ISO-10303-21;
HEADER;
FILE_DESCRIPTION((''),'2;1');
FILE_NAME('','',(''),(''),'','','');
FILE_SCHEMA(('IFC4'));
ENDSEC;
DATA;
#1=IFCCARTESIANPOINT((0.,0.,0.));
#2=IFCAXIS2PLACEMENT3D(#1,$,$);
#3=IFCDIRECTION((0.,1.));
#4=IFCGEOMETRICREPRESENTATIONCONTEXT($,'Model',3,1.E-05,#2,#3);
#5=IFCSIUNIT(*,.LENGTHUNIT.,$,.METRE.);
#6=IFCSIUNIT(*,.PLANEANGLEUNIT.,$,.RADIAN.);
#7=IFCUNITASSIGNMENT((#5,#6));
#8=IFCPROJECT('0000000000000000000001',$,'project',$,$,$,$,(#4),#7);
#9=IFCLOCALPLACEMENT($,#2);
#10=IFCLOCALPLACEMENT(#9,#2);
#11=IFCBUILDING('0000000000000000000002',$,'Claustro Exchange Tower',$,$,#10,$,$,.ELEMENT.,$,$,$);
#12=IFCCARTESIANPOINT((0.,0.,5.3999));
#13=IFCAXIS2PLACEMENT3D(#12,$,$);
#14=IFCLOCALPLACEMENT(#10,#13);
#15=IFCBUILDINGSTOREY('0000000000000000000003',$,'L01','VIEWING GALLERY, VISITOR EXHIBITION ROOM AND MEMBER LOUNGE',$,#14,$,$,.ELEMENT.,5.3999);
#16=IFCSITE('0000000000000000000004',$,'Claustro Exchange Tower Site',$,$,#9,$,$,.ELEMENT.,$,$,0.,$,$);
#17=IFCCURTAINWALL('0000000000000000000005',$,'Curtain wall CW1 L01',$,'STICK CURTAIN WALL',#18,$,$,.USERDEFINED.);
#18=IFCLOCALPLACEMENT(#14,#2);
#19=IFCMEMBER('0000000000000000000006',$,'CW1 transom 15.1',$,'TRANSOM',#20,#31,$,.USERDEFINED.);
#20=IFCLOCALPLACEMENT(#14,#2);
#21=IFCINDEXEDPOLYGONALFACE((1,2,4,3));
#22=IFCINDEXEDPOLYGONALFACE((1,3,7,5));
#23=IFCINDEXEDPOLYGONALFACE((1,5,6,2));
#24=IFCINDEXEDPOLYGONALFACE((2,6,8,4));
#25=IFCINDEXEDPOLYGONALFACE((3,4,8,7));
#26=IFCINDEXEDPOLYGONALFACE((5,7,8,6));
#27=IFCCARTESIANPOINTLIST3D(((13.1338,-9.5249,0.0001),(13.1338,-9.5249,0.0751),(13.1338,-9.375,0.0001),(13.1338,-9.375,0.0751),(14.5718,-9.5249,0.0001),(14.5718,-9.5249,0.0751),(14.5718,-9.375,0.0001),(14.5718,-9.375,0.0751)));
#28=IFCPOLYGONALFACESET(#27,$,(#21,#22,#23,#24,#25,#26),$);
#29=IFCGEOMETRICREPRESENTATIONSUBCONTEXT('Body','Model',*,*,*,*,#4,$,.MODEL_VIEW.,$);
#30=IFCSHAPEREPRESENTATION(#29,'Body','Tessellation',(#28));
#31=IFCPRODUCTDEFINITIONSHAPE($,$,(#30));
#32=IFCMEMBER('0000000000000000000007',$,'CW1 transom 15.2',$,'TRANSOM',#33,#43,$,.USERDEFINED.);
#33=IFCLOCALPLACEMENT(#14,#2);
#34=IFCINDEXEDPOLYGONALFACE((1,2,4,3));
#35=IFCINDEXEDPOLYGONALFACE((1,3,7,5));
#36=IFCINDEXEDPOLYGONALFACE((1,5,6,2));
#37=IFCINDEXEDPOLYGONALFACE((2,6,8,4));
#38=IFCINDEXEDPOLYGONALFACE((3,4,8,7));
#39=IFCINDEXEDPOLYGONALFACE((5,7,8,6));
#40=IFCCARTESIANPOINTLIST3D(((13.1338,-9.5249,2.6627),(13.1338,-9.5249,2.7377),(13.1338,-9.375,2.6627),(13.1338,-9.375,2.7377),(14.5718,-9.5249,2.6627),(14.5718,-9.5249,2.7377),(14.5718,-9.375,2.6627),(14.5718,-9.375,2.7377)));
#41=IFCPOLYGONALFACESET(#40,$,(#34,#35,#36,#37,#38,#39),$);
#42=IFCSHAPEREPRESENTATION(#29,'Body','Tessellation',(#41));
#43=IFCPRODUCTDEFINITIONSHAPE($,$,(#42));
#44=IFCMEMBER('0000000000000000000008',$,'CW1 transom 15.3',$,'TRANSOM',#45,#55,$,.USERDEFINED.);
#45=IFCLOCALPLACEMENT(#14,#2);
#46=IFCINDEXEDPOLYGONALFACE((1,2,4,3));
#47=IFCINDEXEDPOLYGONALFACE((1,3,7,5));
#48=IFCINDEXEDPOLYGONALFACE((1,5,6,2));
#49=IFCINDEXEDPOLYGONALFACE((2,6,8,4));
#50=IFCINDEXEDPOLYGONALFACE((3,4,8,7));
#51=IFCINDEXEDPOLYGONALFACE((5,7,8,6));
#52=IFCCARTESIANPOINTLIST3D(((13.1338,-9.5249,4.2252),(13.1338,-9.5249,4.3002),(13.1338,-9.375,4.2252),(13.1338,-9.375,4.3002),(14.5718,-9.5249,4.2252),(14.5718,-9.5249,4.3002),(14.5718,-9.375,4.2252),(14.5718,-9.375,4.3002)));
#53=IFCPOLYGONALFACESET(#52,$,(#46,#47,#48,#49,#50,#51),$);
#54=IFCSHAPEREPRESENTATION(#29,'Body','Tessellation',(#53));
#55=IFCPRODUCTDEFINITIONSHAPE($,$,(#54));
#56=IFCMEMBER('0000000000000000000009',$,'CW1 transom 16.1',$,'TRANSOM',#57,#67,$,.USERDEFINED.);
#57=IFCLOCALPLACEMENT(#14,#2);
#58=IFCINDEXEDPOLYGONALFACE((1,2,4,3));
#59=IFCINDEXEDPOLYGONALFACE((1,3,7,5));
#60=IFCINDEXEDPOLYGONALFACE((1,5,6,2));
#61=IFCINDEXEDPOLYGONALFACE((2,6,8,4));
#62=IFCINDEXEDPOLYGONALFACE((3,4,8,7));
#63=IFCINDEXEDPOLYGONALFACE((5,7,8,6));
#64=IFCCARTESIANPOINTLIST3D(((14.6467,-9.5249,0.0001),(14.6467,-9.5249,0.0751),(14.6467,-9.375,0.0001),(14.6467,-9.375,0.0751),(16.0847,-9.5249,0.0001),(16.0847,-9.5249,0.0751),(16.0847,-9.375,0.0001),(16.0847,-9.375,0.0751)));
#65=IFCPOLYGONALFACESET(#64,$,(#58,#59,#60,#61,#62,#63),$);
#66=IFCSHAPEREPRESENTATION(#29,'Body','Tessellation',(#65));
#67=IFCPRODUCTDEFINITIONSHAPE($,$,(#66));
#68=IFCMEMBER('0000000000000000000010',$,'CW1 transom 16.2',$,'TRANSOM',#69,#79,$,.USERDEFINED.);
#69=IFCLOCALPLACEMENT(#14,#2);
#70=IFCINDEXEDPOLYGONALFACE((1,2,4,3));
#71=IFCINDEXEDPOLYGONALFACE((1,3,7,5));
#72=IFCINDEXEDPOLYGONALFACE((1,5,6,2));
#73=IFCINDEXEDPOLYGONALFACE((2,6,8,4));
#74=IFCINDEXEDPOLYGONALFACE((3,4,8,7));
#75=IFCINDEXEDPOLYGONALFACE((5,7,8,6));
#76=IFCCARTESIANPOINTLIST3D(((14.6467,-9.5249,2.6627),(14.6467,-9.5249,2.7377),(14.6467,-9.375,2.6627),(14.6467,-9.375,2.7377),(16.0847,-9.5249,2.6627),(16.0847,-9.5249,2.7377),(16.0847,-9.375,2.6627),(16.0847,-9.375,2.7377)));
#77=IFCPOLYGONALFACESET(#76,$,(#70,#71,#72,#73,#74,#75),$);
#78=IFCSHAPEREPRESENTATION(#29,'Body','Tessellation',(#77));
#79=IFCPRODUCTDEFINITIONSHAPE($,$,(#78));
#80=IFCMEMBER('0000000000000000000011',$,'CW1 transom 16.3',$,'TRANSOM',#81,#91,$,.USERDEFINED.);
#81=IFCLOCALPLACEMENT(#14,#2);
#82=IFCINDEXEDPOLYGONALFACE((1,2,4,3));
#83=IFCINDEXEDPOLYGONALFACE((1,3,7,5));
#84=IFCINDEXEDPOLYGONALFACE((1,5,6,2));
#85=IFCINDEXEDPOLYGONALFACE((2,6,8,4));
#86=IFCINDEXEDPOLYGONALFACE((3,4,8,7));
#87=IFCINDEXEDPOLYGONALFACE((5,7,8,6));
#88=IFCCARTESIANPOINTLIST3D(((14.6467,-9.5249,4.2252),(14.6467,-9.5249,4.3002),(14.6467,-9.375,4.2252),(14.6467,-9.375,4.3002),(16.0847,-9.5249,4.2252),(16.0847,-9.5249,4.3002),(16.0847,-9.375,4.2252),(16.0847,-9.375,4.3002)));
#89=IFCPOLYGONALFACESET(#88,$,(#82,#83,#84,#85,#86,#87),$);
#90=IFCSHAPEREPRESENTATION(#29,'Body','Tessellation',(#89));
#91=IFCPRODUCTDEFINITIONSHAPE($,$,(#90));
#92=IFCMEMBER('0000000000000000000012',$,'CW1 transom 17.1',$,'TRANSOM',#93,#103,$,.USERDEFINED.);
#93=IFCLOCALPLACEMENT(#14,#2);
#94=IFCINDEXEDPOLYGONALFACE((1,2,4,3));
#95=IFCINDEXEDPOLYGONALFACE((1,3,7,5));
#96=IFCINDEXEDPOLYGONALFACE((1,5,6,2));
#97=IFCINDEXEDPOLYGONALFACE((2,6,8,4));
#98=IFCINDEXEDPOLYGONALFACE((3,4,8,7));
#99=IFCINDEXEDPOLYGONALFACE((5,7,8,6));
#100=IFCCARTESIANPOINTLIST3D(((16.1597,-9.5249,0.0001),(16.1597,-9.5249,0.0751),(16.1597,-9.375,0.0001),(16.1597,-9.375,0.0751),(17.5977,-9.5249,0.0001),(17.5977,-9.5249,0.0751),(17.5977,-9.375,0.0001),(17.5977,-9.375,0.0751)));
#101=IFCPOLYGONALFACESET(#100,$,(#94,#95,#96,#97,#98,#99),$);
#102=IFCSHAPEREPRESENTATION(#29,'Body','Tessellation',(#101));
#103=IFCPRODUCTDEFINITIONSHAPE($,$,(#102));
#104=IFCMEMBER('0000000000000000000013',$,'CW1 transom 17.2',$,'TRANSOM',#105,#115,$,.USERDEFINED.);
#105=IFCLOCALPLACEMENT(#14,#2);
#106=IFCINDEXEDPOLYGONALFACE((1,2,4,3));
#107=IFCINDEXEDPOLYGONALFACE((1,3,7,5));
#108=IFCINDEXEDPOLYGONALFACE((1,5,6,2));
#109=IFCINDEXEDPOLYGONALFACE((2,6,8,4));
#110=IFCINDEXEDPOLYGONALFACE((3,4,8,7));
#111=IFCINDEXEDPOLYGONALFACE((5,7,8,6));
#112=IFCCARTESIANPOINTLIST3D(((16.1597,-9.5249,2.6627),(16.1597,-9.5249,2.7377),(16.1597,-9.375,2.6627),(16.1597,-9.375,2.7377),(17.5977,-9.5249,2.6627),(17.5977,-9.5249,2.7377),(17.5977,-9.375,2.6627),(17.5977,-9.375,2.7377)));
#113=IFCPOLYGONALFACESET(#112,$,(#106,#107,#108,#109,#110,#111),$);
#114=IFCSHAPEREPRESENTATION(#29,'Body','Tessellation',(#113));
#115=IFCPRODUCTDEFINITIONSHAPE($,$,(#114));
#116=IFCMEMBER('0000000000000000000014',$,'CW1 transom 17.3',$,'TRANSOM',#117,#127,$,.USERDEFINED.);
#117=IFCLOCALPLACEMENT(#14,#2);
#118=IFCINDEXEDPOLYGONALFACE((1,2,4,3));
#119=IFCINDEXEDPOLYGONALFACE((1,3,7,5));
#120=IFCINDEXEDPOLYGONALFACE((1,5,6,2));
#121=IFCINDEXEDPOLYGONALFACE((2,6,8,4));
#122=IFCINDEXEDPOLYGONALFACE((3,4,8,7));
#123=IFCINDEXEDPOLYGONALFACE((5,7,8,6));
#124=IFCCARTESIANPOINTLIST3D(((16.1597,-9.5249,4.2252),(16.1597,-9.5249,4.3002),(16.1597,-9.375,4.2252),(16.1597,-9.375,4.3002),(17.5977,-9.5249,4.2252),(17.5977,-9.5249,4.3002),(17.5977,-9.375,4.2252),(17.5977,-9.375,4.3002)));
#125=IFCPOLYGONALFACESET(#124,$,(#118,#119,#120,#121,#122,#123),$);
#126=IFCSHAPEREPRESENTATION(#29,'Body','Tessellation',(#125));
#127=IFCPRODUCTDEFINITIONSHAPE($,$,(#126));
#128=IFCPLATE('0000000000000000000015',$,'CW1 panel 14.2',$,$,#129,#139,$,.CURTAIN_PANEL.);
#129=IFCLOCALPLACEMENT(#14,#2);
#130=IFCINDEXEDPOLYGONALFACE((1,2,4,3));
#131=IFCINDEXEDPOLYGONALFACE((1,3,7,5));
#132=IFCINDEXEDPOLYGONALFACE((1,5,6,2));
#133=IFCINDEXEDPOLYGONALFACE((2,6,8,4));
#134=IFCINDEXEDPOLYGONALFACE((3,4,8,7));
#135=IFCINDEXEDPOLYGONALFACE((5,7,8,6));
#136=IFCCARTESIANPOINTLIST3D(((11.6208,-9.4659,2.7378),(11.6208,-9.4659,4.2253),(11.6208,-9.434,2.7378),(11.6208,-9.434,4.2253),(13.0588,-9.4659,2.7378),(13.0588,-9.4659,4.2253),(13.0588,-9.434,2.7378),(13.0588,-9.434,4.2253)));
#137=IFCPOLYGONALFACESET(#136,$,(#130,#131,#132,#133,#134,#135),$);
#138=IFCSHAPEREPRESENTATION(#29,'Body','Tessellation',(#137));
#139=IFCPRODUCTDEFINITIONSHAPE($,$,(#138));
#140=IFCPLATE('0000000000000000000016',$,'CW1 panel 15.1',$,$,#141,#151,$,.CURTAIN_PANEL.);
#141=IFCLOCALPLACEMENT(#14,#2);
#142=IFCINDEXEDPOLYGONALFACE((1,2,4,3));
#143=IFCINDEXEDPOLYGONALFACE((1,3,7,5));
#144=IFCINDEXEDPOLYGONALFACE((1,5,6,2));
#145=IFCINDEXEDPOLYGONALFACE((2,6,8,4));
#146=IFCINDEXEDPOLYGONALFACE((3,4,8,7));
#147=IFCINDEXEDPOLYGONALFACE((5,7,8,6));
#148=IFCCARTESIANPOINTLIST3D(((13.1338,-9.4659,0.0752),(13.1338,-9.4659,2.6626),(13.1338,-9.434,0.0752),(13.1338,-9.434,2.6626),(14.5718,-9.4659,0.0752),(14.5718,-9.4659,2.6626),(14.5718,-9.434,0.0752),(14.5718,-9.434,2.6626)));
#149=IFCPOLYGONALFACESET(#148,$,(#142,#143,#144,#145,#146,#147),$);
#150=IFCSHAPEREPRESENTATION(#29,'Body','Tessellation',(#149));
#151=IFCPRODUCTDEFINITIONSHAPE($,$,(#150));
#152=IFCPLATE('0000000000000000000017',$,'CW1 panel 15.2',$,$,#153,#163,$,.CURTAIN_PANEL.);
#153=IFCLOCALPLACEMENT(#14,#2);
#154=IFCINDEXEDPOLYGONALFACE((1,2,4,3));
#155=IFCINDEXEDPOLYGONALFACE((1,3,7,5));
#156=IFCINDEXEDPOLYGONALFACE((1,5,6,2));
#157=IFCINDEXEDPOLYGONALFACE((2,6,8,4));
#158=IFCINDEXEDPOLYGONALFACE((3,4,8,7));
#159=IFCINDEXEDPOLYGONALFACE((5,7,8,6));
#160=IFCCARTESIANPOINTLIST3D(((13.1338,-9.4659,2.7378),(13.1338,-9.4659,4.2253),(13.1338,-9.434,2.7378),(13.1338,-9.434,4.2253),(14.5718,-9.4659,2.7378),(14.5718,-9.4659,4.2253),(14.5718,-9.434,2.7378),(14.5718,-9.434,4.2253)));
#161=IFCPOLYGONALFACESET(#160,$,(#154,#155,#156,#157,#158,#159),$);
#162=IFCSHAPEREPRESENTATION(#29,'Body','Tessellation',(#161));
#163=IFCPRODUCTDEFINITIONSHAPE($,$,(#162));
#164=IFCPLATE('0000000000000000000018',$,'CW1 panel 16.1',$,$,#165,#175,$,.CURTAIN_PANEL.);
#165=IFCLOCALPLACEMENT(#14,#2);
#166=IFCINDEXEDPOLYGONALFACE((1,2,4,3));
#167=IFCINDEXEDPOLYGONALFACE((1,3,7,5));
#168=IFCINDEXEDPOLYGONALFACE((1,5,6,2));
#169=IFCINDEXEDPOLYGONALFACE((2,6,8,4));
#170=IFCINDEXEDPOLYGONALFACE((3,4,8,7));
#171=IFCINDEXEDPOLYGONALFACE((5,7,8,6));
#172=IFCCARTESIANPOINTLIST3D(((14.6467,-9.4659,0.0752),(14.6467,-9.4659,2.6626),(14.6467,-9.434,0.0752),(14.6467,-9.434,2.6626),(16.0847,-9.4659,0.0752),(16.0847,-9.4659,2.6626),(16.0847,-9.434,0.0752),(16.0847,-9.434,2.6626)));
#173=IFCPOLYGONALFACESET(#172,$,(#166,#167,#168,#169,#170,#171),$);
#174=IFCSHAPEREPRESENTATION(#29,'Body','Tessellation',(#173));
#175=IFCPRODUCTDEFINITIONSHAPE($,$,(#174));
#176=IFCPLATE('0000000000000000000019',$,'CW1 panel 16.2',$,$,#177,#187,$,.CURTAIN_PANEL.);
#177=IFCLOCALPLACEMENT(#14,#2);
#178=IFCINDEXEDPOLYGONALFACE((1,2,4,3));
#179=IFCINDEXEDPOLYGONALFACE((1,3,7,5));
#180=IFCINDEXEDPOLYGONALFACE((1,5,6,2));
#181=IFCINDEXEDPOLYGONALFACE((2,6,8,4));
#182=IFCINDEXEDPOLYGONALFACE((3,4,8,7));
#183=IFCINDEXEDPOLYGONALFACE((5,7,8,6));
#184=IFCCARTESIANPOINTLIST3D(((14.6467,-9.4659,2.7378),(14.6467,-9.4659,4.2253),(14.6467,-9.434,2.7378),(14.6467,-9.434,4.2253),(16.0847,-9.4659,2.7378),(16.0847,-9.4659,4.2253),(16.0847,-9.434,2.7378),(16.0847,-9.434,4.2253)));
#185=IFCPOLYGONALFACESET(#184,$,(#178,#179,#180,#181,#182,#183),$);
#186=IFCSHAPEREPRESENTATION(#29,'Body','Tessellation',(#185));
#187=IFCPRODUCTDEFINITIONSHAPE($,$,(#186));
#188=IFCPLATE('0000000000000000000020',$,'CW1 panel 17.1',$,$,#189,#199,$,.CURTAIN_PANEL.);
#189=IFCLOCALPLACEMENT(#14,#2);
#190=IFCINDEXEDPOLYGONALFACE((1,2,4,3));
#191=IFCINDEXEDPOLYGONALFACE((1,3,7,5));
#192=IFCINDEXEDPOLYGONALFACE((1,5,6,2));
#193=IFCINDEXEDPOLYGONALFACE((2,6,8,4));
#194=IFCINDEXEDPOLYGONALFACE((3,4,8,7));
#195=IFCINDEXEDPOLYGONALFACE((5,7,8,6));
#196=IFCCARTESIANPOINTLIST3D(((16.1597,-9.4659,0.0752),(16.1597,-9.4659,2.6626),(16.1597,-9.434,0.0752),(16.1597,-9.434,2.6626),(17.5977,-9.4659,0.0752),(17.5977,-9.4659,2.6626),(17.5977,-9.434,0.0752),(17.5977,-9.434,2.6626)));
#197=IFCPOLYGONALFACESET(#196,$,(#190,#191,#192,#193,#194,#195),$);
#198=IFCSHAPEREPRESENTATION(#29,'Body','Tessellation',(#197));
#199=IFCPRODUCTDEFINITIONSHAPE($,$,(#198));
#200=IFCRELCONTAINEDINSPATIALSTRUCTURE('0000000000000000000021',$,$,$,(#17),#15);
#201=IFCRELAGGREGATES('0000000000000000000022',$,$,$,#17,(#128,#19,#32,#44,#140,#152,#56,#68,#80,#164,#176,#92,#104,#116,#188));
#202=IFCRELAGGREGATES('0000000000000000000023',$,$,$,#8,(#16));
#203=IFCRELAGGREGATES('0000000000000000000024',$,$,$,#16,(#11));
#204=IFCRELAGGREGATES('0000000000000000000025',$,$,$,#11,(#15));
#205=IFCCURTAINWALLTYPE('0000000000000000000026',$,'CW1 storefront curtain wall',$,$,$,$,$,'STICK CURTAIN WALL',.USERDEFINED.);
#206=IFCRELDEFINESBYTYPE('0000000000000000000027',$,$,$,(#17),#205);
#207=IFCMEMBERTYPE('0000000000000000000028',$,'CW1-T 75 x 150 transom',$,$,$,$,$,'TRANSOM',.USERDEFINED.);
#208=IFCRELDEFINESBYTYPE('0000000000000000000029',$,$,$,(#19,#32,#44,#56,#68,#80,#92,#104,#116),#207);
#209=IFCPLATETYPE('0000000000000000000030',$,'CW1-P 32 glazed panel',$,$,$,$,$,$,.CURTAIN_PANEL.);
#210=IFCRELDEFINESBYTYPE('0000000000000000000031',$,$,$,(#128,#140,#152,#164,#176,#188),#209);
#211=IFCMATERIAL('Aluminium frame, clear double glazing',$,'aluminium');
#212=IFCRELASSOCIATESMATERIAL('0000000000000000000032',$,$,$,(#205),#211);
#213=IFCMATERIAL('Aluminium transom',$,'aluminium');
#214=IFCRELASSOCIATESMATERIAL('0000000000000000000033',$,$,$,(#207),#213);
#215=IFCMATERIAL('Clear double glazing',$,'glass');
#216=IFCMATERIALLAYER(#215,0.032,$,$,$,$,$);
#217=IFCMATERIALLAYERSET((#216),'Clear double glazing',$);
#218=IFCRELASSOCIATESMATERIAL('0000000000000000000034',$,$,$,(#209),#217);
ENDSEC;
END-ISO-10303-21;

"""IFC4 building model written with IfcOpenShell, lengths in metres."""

from ifc_helpers import new_model, si_unit, direction, frame, origin, origin_2d, place, context, subcontext, project, spatial, rectangle, extrude, material, layer, layer_set, material_profile, profile_set, type_object, element, aggregate, save


model = new_model("IFC4")

# Units and contexts
model_context = context("Model", 3, precision=1e-05, world=origin(), true_north=direction((0.0, 1.0)))
body_context = subcontext(model_context, "Body", "Model", "MODEL_VIEW")
ifc_project = project(units=[si_unit("LENGTHUNIT", "METRE"), si_unit("PLANEANGLEUNIT", "RADIAN")], contexts=[model_context])

# Site, building, storey
site_placement = place(None, origin())
site = spatial("IfcSite", under=ifc_project, at=site_placement, Name="Claustro Exchange Tower Site", CompositionType="ELEMENT", RefElevation=0.0)
building_placement = place(site_placement, origin())
building = spatial("IfcBuilding", under=site, at=building_placement, Name="Claustro Exchange Tower", CompositionType="ELEMENT")
storey_placement = place(building_placement, frame((0.0, 0.0, 5.3999)))
storey = spatial("IfcBuildingStorey", under=building, at=storey_placement, Name="L01", Description="VIEWING GALLERY, VISITOR EXHIBITION ROOM AND MEMBER LOUNGE", CompositionType="ELEMENT", Elevation=5.3999)

# Curtain wall, members, plates
ifc_material_1 = material(Name="Aluminium frame, clear double glazing", Category="aluminium")
curtain_wall_type = type_object("IfcCurtainWallType", Name="CW1 storefront curtain wall", ElementType="STICK CURTAIN WALL", PredefinedType="USERDEFINED", material=ifc_material_1)
curtain_wall_placement = place(storey_placement, origin())
curtain_wall = element("IfcCurtainWall", 1, at=curtain_wall_placement, inside=storey, type_object=curtain_wall_type, Name="Curtain wall CW1 L01", ObjectType="STICK CURTAIN WALL", PredefinedType="USERDEFINED")
ifc_material_2 = material(Name="Aluminium transom", Category="aluminium")
ifc_material_profile_1 = material_profile(ifc_material_2, rectangle(XDim=0.1499, YDim=0.075, at=origin_2d()), Name="CW1-T 75x150")
ifc_profile_set_1 = profile_set([ifc_material_profile_1], Name="Aluminium transom")
member_type_1 = type_object("IfcMemberType", Name="CW1-T 75 x 150 transom", ElementType="TRANSOM", PredefinedType="USERDEFINED", material=ifc_profile_set_1)
member_1_placement = place(storey_placement, frame((13.1338, -9.45, 0.0376), z_axis=(1.0, 0.0, 0.0), x_axis=(0.0, 1.0, 0.0)))
member_1 = element("IfcMember", 2, at=member_1_placement, type_object=member_type_1, Name="CW1 transom 15.1", ObjectType="TRANSOM", PredefinedType="USERDEFINED", context=body_context, shape_type="SweptSolid", body=[
    extrude(rectangle(XDim=0.1499, YDim=0.075, at=origin_2d()), origin(), (0.0, 0.0, 1.0), 1.438),
])
member_2_placement = place(storey_placement, frame((13.1338, -9.45, 2.7002), z_axis=(1.0, 0.0, 0.0), x_axis=(0.0, 1.0, 0.0)))
member_2 = element("IfcMember", 3, at=member_2_placement, type_object=member_type_1, Name="CW1 transom 15.2", ObjectType="TRANSOM", PredefinedType="USERDEFINED", context=body_context, shape_type="SweptSolid", body=[
    extrude(rectangle(XDim=0.1499, YDim=0.075, at=origin_2d()), origin(), (0.0, 0.0, 1.0), 1.438),
])
member_3_placement = place(storey_placement, frame((13.1338, -9.45, 4.2627), z_axis=(1.0, 0.0, 0.0), x_axis=(0.0, 1.0, 0.0)))
member_3 = element("IfcMember", 4, at=member_3_placement, type_object=member_type_1, Name="CW1 transom 15.3", ObjectType="TRANSOM", PredefinedType="USERDEFINED", context=body_context, shape_type="SweptSolid", body=[
    extrude(rectangle(XDim=0.1499, YDim=0.075, at=origin_2d()), origin(), (0.0, 0.0, 1.0), 1.438),
])
member_4_placement = place(storey_placement, frame((14.6467, -9.45, 0.0376), z_axis=(1.0, 0.0, 0.0), x_axis=(0.0, 1.0, 0.0)))
member_4 = element("IfcMember", 5, at=member_4_placement, type_object=member_type_1, Name="CW1 transom 16.1", ObjectType="TRANSOM", PredefinedType="USERDEFINED", context=body_context, shape_type="SweptSolid", body=[
    extrude(rectangle(XDim=0.1499, YDim=0.075, at=origin_2d()), origin(), (0.0, 0.0, 1.0), 1.438),
])
member_5_placement = place(storey_placement, frame((14.6467, -9.45, 2.7002), z_axis=(1.0, 0.0, 0.0), x_axis=(0.0, 1.0, 0.0)))
member_5 = element("IfcMember", 6, at=member_5_placement, type_object=member_type_1, Name="CW1 transom 16.2", ObjectType="TRANSOM", PredefinedType="USERDEFINED", context=body_context, shape_type="SweptSolid", body=[
    extrude(rectangle(XDim=0.1499, YDim=0.075, at=origin_2d()), origin(), (0.0, 0.0, 1.0), 1.438),
])
member_6_placement = place(storey_placement, frame((14.6467, -9.45, 4.2627), z_axis=(1.0, 0.0, 0.0), x_axis=(0.0, 1.0, 0.0)))
member_6 = element("IfcMember", 7, at=member_6_placement, type_object=member_type_1, Name="CW1 transom 16.3", ObjectType="TRANSOM", PredefinedType="USERDEFINED", context=body_context, shape_type="SweptSolid", body=[
    extrude(rectangle(XDim=0.1499, YDim=0.075, at=origin_2d()), origin(), (0.0, 0.0, 1.0), 1.438),
])
member_7_placement = place(storey_placement, frame((16.1597, -9.45, 0.0376), z_axis=(1.0, 0.0, 0.0), x_axis=(0.0, 1.0, 0.0)))
member_7 = element("IfcMember", 8, at=member_7_placement, type_object=member_type_1, Name="CW1 transom 17.1", ObjectType="TRANSOM", PredefinedType="USERDEFINED", context=body_context, shape_type="SweptSolid", body=[
    extrude(rectangle(XDim=0.1499, YDim=0.075, at=origin_2d()), origin(), (0.0, 0.0, 1.0), 1.438),
])
member_8_placement = place(storey_placement, frame((16.1597, -9.45, 2.7002), z_axis=(1.0, 0.0, 0.0), x_axis=(0.0, 1.0, 0.0)))
member_8 = element("IfcMember", 9, at=member_8_placement, type_object=member_type_1, Name="CW1 transom 17.2", ObjectType="TRANSOM", PredefinedType="USERDEFINED", context=body_context, shape_type="SweptSolid", body=[
    extrude(rectangle(XDim=0.1499, YDim=0.075, at=origin_2d()), origin(), (0.0, 0.0, 1.0), 1.438),
])
member_9_placement = place(storey_placement, frame((16.1597, -9.45, 4.2627), z_axis=(1.0, 0.0, 0.0), x_axis=(0.0, 1.0, 0.0)))
member_9 = element("IfcMember", 10, at=member_9_placement, type_object=member_type_1, Name="CW1 transom 17.3", ObjectType="TRANSOM", PredefinedType="USERDEFINED", context=body_context, shape_type="SweptSolid", body=[
    extrude(rectangle(XDim=0.1499, YDim=0.075, at=origin_2d()), origin(), (0.0, 0.0, 1.0), 1.438),
])
ifc_material_3 = material(Name="Clear double glazing", Category="glass")
ifc_layer = layer(ifc_material_3, 0.032)
ifc_layer_set = layer_set([ifc_layer], Name="Clear double glazing")
plate_type = type_object("IfcPlateType", Name="CW1-P 32 glazed panel", PredefinedType="CURTAIN_PANEL", material=ifc_layer_set)
plate_1_placement = place(storey_placement, frame((12.3398, -9.45, 2.7378), z_axis=(0.0, 0.0, 1.0), x_axis=(1.0, 0.0, 0.0)))
plate_1 = element("IfcPlate", 11, at=plate_1_placement, type_object=plate_type, Name="CW1 panel 14.2", PredefinedType="CURTAIN_PANEL", context=body_context, shape_type="SweptSolid", body=[
    extrude(rectangle(XDim=1.438, YDim=0.032, at=origin_2d()), origin(), (0.0, 0.0, 1.0), 1.4875),
])
plate_2_placement = place(storey_placement, frame((13.8528, -9.45, 0.0752), z_axis=(0.0, 0.0, 1.0), x_axis=(1.0, 0.0, 0.0)))
plate_2 = element("IfcPlate", 12, at=plate_2_placement, type_object=plate_type, Name="CW1 panel 15.1", PredefinedType="CURTAIN_PANEL", context=body_context, shape_type="SweptSolid", body=[
    extrude(rectangle(XDim=1.438, YDim=0.032, at=origin_2d()), origin(), (0.0, 0.0, 1.0), 2.5874),
])
plate_3_placement = place(storey_placement, frame((13.8528, -9.45, 2.7378), z_axis=(0.0, 0.0, 1.0), x_axis=(1.0, 0.0, 0.0)))
plate_3 = element("IfcPlate", 13, at=plate_3_placement, type_object=plate_type, Name="CW1 panel 15.2", PredefinedType="CURTAIN_PANEL", context=body_context, shape_type="SweptSolid", body=[
    extrude(rectangle(XDim=1.438, YDim=0.032, at=origin_2d()), origin(), (0.0, 0.0, 1.0), 1.4875),
])
plate_4_placement = place(storey_placement, frame((15.3657, -9.45, 0.0752), z_axis=(0.0, 0.0, 1.0), x_axis=(1.0, 0.0, 0.0)))
plate_4 = element("IfcPlate", 14, at=plate_4_placement, type_object=plate_type, Name="CW1 panel 16.1", PredefinedType="CURTAIN_PANEL", context=body_context, shape_type="SweptSolid", body=[
    extrude(rectangle(XDim=1.438, YDim=0.032, at=origin_2d()), origin(), (0.0, 0.0, 1.0), 2.5874),
])
plate_5_placement = place(storey_placement, frame((15.3657, -9.45, 2.7378), z_axis=(0.0, 0.0, 1.0), x_axis=(1.0, 0.0, 0.0)))
plate_5 = element("IfcPlate", 15, at=plate_5_placement, type_object=plate_type, Name="CW1 panel 16.2", PredefinedType="CURTAIN_PANEL", context=body_context, shape_type="SweptSolid", body=[
    extrude(rectangle(XDim=1.438, YDim=0.032, at=origin_2d()), origin(), (0.0, 0.0, 1.0), 1.4875),
])
plate_6_placement = place(storey_placement, frame((16.8787, -9.45, 0.0752), z_axis=(0.0, 0.0, 1.0), x_axis=(1.0, 0.0, 0.0)))
plate_6 = element("IfcPlate", 16, at=plate_6_placement, type_object=plate_type, Name="CW1 panel 17.1", PredefinedType="CURTAIN_PANEL", context=body_context, shape_type="SweptSolid", body=[
    extrude(rectangle(XDim=1.438, YDim=0.032, at=origin_2d()), origin(), (0.0, 0.0, 1.0), 2.5874),
])
aggregate(curtain_wall, [plate_1, member_1, member_2, member_3, plate_2, plate_3, member_4, member_5, member_6, plate_4, plate_5, member_7, member_8, member_9, plate_6])

save(model, "model.ifc")
